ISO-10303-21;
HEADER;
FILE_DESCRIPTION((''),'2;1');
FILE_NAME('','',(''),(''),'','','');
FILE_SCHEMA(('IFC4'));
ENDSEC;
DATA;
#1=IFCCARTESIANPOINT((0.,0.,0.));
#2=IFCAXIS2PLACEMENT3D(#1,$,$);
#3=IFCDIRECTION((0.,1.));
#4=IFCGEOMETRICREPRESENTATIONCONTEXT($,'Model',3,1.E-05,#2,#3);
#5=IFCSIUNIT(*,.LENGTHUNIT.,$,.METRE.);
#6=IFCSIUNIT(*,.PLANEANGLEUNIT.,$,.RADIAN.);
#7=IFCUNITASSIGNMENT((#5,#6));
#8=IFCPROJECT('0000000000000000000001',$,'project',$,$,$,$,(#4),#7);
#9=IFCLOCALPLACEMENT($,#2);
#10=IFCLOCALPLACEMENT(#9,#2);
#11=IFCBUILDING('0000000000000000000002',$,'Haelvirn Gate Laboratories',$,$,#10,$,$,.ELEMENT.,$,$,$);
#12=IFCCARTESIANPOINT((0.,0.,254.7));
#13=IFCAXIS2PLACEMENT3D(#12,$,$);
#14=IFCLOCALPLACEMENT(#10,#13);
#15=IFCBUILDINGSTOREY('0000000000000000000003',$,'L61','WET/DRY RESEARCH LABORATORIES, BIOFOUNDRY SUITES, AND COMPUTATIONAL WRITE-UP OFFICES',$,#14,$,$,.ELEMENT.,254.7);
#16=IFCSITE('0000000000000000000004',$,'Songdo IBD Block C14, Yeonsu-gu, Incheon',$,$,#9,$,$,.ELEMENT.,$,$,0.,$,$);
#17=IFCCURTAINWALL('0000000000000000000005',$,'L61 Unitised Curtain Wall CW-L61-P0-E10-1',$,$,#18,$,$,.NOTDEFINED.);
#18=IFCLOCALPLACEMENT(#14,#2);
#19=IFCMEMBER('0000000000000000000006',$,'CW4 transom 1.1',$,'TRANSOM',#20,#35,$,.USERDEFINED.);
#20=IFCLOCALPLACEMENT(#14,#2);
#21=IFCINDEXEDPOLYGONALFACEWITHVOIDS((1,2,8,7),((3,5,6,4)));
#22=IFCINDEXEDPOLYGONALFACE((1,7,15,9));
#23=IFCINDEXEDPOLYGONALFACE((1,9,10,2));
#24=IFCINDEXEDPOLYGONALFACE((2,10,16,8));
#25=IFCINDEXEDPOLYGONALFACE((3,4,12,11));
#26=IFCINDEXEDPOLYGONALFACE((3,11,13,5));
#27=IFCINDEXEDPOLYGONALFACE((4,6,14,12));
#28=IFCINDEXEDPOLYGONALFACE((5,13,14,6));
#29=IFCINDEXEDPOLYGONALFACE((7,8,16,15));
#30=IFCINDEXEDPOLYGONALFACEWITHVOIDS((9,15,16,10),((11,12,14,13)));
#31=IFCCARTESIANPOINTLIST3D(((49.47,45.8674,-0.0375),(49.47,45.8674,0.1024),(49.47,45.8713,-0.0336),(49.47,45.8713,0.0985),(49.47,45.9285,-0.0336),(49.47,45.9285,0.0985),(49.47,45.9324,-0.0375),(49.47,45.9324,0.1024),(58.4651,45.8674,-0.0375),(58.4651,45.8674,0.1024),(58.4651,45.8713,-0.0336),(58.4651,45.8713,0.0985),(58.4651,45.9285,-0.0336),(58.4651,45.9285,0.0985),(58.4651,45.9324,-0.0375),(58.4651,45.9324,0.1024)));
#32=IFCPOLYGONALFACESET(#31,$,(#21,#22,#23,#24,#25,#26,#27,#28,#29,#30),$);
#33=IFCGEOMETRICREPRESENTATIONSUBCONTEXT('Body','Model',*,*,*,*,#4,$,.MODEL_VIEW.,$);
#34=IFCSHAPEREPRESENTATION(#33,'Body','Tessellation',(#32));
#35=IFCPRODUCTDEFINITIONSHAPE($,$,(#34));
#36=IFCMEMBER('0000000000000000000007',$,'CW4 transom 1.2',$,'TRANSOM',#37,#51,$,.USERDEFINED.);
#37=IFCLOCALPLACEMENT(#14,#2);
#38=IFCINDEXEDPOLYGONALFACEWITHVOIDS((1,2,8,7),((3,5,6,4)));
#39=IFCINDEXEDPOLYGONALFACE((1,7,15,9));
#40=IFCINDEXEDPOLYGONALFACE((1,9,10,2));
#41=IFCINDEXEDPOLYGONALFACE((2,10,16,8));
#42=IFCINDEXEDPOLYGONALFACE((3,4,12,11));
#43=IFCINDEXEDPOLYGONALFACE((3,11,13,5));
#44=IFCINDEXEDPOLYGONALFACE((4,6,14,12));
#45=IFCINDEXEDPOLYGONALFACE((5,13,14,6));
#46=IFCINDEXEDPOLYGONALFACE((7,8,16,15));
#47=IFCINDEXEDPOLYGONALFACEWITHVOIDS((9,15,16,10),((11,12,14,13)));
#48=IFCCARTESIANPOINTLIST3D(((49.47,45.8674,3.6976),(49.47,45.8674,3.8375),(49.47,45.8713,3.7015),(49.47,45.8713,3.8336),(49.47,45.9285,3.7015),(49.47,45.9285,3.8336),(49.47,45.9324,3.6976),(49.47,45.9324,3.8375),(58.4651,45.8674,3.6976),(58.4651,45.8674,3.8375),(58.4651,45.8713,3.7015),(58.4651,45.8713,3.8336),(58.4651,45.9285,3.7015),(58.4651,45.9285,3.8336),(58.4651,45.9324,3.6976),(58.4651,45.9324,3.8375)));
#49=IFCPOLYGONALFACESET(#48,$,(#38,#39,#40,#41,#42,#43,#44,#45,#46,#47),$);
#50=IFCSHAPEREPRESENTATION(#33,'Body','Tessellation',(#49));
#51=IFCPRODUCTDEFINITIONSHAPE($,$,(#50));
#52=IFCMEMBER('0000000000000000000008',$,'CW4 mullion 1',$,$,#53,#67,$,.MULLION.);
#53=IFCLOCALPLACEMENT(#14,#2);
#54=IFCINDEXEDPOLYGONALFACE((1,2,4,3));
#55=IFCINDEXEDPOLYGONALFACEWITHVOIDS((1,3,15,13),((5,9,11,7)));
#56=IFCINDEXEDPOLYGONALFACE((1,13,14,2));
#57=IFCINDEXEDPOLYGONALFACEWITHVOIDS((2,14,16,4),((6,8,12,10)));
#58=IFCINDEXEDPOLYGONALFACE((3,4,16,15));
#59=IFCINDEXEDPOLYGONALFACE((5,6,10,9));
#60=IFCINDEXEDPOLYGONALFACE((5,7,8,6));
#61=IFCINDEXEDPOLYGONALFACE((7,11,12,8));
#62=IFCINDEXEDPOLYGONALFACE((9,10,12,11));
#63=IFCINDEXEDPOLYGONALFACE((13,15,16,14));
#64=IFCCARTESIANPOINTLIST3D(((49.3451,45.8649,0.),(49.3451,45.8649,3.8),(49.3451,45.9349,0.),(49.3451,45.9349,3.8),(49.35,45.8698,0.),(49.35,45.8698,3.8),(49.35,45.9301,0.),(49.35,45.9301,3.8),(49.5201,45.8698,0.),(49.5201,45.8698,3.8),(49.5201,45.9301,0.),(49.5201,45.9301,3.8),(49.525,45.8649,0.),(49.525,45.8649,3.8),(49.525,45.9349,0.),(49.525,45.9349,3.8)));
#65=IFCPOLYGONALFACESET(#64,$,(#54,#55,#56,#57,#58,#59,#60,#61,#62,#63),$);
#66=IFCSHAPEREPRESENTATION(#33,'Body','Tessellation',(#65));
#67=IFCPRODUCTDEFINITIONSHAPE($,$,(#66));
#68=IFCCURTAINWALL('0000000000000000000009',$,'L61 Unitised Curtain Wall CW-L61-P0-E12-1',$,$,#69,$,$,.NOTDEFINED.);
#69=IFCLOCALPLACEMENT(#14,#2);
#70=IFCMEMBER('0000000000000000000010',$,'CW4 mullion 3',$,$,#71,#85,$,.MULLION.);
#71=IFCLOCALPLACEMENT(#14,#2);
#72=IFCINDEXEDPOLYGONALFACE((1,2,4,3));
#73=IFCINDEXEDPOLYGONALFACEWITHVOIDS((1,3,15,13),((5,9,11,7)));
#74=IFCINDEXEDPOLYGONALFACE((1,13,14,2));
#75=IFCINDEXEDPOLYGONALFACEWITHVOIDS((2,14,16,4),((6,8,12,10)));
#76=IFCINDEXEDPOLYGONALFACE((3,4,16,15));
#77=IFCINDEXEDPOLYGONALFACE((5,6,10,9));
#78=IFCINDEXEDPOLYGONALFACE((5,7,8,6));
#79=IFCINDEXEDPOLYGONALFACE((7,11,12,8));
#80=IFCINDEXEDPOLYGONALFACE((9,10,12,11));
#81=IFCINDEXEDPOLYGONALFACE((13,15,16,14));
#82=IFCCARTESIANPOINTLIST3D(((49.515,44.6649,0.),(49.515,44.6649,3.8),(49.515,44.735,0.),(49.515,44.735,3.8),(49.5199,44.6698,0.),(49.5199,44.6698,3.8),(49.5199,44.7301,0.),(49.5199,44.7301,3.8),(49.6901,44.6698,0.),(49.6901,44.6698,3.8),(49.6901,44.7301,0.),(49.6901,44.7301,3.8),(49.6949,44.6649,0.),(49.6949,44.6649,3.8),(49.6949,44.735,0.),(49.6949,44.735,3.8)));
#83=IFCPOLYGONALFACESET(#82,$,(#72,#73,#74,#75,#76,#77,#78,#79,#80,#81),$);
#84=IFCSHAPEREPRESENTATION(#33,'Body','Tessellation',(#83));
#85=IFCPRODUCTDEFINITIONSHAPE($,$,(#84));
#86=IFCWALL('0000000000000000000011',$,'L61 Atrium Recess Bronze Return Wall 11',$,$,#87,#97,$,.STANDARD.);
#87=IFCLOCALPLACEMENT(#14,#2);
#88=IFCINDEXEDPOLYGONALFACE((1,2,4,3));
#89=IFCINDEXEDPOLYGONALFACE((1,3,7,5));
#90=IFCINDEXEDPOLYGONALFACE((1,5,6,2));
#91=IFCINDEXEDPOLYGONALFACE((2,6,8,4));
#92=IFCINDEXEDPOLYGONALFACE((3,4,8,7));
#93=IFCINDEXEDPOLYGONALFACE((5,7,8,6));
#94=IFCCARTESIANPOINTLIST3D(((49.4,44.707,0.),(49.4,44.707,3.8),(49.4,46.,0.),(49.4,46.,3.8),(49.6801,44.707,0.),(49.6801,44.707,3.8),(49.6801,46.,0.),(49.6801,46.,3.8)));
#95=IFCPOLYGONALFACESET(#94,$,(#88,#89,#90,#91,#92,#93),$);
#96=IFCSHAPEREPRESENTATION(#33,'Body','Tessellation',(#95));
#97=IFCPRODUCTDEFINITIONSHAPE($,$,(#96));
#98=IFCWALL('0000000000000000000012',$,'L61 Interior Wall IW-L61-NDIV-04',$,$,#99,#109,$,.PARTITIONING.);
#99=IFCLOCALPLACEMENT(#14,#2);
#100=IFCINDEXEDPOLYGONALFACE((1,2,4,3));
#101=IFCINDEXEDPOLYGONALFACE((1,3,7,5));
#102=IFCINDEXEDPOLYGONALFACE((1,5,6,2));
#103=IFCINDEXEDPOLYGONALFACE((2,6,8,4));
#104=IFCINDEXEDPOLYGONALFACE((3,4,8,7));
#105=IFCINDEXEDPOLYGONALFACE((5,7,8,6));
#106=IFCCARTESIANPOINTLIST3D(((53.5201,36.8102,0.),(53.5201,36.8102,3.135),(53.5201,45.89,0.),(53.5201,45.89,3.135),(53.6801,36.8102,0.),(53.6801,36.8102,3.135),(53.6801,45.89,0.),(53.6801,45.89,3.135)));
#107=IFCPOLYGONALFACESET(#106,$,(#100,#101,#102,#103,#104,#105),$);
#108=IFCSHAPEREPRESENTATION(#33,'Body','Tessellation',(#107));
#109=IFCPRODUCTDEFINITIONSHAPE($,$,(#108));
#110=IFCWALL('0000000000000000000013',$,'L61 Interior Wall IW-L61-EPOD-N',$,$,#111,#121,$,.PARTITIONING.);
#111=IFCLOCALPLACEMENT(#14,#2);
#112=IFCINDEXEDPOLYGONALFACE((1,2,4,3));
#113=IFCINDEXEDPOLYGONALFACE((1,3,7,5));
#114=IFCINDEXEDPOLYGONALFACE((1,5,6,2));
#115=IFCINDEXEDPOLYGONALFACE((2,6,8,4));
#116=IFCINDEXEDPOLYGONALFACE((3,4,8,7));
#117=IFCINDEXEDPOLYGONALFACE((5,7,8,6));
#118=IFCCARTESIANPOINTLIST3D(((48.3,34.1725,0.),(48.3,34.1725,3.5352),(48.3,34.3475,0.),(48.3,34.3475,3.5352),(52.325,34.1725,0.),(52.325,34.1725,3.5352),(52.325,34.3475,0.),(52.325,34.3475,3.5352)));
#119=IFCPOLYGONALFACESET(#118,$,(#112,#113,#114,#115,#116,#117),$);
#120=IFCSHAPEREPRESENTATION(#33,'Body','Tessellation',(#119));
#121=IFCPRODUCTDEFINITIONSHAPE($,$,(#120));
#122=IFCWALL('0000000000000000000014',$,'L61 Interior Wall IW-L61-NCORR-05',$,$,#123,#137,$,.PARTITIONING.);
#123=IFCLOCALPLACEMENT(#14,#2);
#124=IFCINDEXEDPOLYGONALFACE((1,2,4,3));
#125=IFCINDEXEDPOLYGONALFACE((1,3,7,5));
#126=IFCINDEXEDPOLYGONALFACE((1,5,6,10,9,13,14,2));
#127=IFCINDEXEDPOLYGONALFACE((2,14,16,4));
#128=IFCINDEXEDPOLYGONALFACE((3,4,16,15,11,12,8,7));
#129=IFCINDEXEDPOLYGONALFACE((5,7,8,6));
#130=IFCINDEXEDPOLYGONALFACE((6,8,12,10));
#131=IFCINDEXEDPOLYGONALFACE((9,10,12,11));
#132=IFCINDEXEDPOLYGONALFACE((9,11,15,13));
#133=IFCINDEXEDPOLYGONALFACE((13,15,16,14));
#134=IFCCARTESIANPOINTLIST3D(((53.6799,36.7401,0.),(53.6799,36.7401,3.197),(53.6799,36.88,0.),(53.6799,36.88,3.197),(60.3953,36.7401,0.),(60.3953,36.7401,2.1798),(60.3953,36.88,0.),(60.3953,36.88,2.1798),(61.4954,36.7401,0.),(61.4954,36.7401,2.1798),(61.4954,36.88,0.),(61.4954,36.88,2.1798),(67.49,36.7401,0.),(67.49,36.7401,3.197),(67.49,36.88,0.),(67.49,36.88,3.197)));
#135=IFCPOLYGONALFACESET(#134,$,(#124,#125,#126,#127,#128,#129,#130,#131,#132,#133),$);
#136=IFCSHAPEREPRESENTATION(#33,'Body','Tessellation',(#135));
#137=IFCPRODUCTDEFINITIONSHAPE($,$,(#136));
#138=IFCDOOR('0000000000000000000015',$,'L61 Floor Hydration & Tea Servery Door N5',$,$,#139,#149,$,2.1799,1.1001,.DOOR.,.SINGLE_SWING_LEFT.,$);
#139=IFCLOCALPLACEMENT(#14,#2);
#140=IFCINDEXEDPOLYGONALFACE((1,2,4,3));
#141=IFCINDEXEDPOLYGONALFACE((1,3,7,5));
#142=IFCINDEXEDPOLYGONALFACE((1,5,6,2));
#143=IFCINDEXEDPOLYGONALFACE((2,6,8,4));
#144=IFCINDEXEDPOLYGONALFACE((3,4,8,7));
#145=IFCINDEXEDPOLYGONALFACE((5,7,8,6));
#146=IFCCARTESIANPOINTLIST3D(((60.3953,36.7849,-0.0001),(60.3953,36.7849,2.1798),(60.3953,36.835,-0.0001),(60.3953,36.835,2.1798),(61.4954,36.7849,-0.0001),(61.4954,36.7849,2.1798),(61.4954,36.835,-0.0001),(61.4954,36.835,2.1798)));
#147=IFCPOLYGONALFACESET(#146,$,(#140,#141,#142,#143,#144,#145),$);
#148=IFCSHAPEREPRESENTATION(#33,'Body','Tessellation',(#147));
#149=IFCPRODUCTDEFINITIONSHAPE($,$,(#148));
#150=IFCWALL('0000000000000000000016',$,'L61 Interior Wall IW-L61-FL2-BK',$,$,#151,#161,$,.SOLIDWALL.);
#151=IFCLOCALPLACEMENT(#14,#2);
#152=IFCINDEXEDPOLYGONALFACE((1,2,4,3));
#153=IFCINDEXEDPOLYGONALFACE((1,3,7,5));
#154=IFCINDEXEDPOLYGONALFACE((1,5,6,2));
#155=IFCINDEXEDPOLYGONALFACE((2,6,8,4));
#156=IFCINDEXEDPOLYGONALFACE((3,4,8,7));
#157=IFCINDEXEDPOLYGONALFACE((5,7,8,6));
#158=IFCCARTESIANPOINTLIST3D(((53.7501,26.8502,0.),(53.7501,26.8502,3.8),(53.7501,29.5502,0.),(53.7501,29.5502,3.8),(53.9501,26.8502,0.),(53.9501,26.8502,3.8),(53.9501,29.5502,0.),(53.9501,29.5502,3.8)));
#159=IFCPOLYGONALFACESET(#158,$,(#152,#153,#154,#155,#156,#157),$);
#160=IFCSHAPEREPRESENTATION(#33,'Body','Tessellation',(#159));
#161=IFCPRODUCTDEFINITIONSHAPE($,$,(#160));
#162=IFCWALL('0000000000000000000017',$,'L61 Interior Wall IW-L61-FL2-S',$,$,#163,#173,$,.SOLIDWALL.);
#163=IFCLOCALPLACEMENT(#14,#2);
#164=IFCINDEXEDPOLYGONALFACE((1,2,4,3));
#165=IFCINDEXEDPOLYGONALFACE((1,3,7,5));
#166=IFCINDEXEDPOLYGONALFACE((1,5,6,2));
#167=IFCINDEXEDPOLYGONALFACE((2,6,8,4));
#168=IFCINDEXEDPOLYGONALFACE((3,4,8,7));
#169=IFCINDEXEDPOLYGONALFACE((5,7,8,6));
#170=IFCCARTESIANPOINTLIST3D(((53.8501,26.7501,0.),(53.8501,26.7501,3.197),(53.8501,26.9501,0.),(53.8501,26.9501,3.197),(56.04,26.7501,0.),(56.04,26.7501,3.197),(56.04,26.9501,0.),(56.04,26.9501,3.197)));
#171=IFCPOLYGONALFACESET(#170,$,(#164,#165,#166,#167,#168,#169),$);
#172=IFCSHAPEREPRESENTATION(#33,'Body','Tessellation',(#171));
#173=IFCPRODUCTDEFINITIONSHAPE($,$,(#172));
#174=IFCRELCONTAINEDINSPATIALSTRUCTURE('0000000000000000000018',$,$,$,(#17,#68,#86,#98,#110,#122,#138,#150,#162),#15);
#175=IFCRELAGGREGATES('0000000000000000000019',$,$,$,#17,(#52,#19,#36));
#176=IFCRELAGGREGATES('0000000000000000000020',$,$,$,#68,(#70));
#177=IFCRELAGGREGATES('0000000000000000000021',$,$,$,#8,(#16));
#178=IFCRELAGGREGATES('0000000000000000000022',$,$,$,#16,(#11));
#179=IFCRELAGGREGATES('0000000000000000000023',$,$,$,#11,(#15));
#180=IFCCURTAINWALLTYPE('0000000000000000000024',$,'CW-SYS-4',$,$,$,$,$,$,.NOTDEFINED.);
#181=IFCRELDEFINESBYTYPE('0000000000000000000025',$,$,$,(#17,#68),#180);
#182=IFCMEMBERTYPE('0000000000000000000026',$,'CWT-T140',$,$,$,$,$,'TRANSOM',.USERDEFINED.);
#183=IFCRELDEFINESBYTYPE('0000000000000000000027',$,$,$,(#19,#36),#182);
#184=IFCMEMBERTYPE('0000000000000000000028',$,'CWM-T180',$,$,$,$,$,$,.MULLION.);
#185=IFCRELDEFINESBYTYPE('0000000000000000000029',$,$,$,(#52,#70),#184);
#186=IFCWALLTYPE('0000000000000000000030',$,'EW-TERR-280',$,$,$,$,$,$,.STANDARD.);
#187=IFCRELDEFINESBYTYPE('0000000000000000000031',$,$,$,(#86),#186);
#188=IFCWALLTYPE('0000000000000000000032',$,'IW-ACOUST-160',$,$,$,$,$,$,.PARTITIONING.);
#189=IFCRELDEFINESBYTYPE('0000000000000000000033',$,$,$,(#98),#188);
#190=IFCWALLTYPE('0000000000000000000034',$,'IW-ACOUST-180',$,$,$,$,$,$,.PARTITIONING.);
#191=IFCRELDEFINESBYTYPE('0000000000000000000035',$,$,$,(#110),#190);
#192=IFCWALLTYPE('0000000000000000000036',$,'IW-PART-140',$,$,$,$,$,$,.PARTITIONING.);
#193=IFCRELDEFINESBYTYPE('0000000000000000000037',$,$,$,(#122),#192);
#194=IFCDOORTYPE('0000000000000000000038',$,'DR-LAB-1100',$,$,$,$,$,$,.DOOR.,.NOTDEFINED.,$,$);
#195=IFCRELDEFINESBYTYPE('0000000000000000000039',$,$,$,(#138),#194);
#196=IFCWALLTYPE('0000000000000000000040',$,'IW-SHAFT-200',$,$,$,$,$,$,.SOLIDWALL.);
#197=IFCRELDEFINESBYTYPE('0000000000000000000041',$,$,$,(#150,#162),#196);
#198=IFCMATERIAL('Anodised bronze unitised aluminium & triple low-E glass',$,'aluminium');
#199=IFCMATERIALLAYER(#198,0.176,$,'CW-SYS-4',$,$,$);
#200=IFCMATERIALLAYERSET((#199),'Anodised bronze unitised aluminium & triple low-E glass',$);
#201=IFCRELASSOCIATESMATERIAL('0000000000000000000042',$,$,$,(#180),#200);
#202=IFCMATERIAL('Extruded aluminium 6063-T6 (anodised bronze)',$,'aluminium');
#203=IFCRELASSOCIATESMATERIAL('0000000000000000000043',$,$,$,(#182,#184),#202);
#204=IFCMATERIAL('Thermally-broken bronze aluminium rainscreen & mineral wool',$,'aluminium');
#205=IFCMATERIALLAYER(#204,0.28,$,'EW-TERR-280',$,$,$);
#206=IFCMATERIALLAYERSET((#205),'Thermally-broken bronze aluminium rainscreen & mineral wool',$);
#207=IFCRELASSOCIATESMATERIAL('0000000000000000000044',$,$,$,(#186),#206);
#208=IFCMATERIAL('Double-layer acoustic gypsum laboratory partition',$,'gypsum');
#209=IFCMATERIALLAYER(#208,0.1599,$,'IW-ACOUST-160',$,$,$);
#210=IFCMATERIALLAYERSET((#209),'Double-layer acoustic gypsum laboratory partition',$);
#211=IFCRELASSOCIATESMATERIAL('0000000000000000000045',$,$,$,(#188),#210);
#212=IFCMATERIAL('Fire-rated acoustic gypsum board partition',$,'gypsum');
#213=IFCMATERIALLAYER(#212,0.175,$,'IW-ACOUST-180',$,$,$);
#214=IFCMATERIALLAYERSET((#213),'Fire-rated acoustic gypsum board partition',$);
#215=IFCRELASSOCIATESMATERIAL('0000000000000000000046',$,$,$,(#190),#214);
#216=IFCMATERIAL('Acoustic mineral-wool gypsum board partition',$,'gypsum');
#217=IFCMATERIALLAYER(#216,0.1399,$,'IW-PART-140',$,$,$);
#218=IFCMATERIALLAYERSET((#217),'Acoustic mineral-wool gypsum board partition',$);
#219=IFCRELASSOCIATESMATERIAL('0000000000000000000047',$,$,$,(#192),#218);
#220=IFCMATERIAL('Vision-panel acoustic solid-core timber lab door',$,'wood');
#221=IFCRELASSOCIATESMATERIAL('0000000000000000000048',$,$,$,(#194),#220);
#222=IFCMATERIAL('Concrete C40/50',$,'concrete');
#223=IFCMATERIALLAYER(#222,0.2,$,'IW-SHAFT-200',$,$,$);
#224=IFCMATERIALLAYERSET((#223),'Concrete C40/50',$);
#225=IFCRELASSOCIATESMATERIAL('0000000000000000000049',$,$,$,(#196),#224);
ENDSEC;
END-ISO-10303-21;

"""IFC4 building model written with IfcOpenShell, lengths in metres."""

from ifc_helpers import new_model, si_unit, direction, frame, frame_2d, origin, origin_2d, place, context, subcontext, project, spatial, rectangle, hollow_rectangle, extrude, source, transform, mapped, material, layer, layer_set, material_profile, profile_set, type_object, type_shapes, element, fill, aggregate, save


model = new_model("IFC4")

# Units and contexts
model_context = context("Model", 3, precision=1e-05, world=origin(), true_north=direction((0.0, 1.0)))
body_context = subcontext(model_context, "Body", "Model", "MODEL_VIEW")
ifc_project = project(units=[si_unit("LENGTHUNIT", "METRE"), si_unit("PLANEANGLEUNIT", "RADIAN")], contexts=[model_context])

# Site, building, storey
site_placement = place(None, origin())
site = spatial("IfcSite", under=ifc_project, at=site_placement, Name="Songdo IBD Block C14, Yeonsu-gu, Incheon", CompositionType="ELEMENT", RefElevation=0.0)
building_placement = place(site_placement, origin())
building = spatial("IfcBuilding", under=site, at=building_placement, Name="Haelvirn Gate Laboratories", CompositionType="ELEMENT")
storey_placement = place(building_placement, frame((0.0, 0.0, 254.7)))
storey = spatial("IfcBuildingStorey", under=building, at=storey_placement, Name="L61", Description="WET/DRY RESEARCH LABORATORIES, BIOFOUNDRY SUITES, AND COMPUTATIONAL WRITE-UP OFFICES", CompositionType="ELEMENT", Elevation=254.7)

# Curtain wall, members
ifc_material_1 = material(Name="Anodised bronze unitised aluminium & triple low-E glass", Category="aluminium")
ifc_layer_1 = layer(ifc_material_1, 0.176, Name="CW-SYS-4")
ifc_layer_set_1 = layer_set([ifc_layer_1], Name="Anodised bronze unitised aluminium & triple low-E glass")
curtain_wall_type = type_object("IfcCurtainWallType", Name="CW-SYS-4", PredefinedType="NOTDEFINED", material=ifc_layer_set_1)
curtain_wall_1_placement = place(storey_placement, origin())
curtain_wall_1 = element("IfcCurtainWall", 1, at=curtain_wall_1_placement, inside=storey, type_object=curtain_wall_type, Name="L61 Unitised Curtain Wall CW-L61-P0-E10-1", PredefinedType="NOTDEFINED")
ifc_material_2 = material(Name="Extruded aluminium 6063-T6 (anodised bronze)", Category="aluminium")
ifc_material_profile_1 = material_profile(ifc_material_2, hollow_rectangle(XDim=0.0649, YDim=0.1399, WallThickness=0.0039, at=origin_2d()), Name="CWT-140x65x4")
ifc_profile_set_1 = profile_set([ifc_material_profile_1], Name="Extruded aluminium 6063-T6 (anodised bronze)")
member_type_1 = type_object("IfcMemberType", Name="CWT-T140", ElementType="TRANSOM", PredefinedType="USERDEFINED", material=ifc_profile_set_1)
shared_shape_1 = source(origin(), body_context, "Body", "SweptSolid", [
    extrude(hollow_rectangle(XDim=0.0649, YDim=0.1399, WallThickness=0.0039, at=origin_2d()), origin(), (0.0, 0.0, 1.0), 8.9951),
])
type_shapes(member_type_1, [shared_shape_1])
member_1_placement = place(storey_placement, frame((49.47, 45.8999, 0.0325), z_axis=(1.0, 0.0, 0.0), x_axis=(0.0, 1.0, 0.0)))
member_1 = element("IfcMember", 2, at=member_1_placement, type_object=member_type_1, Name="CW4 transom 1.1", ObjectType="TRANSOM", PredefinedType="USERDEFINED", context=body_context, shape_type="MappedRepresentation", body=[
    mapped(shared_shape_1, transform((0.0, 0.0, 0.0), scale=1.0)),
])
member_2_placement = place(storey_placement, frame((49.47, 45.8999, 3.7676), z_axis=(1.0, 0.0, 0.0), x_axis=(0.0, 1.0, 0.0)))
member_2 = element("IfcMember", 3, at=member_2_placement, type_object=member_type_1, Name="CW4 transom 1.2", ObjectType="TRANSOM", PredefinedType="USERDEFINED", context=body_context, shape_type="MappedRepresentation", body=[
    mapped(shared_shape_1, transform((0.0, 0.0, 0.0), scale=1.0)),
])
ifc_material_profile_2 = material_profile(ifc_material_2, hollow_rectangle(XDim=0.0701, YDim=0.1799, WallThickness=0.0049, at=origin_2d()), Name="CWM-180x70x5")
ifc_profile_set_2 = profile_set([ifc_material_profile_2], Name="Extruded aluminium 6063-T6 (anodised bronze)")
member_type_2 = type_object("IfcMemberType", Name="CWM-T180", PredefinedType="MULLION", material=ifc_profile_set_2)
shared_shape_2 = source(origin(), body_context, "Body", "SweptSolid", [
    extrude(hollow_rectangle(XDim=0.0701, YDim=0.1799, WallThickness=0.0049, at=origin_2d()), origin(), (0.0, 0.0, 1.0), 3.8),
])
type_shapes(member_type_2, [shared_shape_2])
member_3_placement = place(storey_placement, frame((49.4351, 45.8999, 0.0), z_axis=(0.0, 0.0, 1.0), x_axis=(0.0, 1.0, 0.0)))
member_3 = element("IfcMember", 4, at=member_3_placement, type_object=member_type_2, Name="CW4 mullion 1", PredefinedType="MULLION", context=body_context, shape_type="MappedRepresentation", body=[
    mapped(shared_shape_2, transform((0.0, 0.0, 0.0), scale=1.0)),
])
aggregate(curtain_wall_1, [member_3, member_1, member_2])

# Curtain wall, member
curtain_wall_2_placement = place(storey_placement, origin())
curtain_wall_2 = element("IfcCurtainWall", 5, at=curtain_wall_2_placement, inside=storey, type_object=curtain_wall_type, Name="L61 Unitised Curtain Wall CW-L61-P0-E12-1", PredefinedType="NOTDEFINED")
member_4_placement = place(storey_placement, frame((49.605, 44.7, 0.0), z_axis=(0.0, 0.0, 1.0), x_axis=(0.0, 1.0, 0.0)))
member_4 = element("IfcMember", 6, at=member_4_placement, type_object=member_type_2, Name="CW4 mullion 3", PredefinedType="MULLION", context=body_context, shape_type="MappedRepresentation", body=[
    mapped(shared_shape_2, transform((0.0, 0.0, 0.0), scale=1.0)),
])
aggregate(curtain_wall_2, [member_4])

# Walls
ifc_material_3 = material(Name="Thermally-broken bronze aluminium rainscreen & mineral wool", Category="aluminium")
ifc_layer_2 = layer(ifc_material_3, 0.28, Name="EW-TERR-280")
ifc_layer_set_2 = layer_set([ifc_layer_2], Name="Thermally-broken bronze aluminium rainscreen & mineral wool")
wall_type_1 = type_object("IfcWallType", Name="EW-TERR-280", PredefinedType="STANDARD", material=ifc_layer_set_2)
wall_1_placement = place(storey_placement, frame((49.54, 46.0, 0.0), z_axis=(0.0, 0.0, 1.0), x_axis=(0.0, -1.0, 0.0)))
element("IfcWall", 7, at=wall_1_placement, inside=storey, type_object=wall_type_1, Name="L61 Atrium Recess Bronze Return Wall 11", PredefinedType="STANDARD", context=body_context, shape_type="SweptSolid", body=[
    extrude(rectangle(XDim=1.293, YDim=0.28, at=frame_2d((0.6465, 0.0))), origin(), (0.0, 0.0, 1.0), 3.8),
])
ifc_material_4 = material(Name="Double-layer acoustic gypsum laboratory partition", Category="gypsum")
ifc_layer_3 = layer(ifc_material_4, 0.1599, Name="IW-ACOUST-160")
ifc_layer_set_3 = layer_set([ifc_layer_3], Name="Double-layer acoustic gypsum laboratory partition")
wall_type_2 = type_object("IfcWallType", Name="IW-ACOUST-160", PredefinedType="PARTITIONING", material=ifc_layer_set_3)
wall_2_placement = place(storey_placement, frame((53.6001, 36.8101, 0.0), z_axis=(0.0, 0.0, 1.0), x_axis=(0.0, 1.0, 0.0)))
element("IfcWall", 8, at=wall_2_placement, inside=storey, type_object=wall_type_2, Name="L61 Interior Wall IW-L61-NDIV-04", PredefinedType="PARTITIONING", context=body_context, shape_type="SweptSolid", body=[
    extrude(rectangle(XDim=9.0798, YDim=0.1599, at=frame_2d((4.54, 0.0))), origin(), (0.0, 0.0, 1.0), 3.135),
])
ifc_material_5 = material(Name="Fire-rated acoustic gypsum board partition", Category="gypsum")
ifc_layer_4 = layer(ifc_material_5, 0.175, Name="IW-ACOUST-180")
ifc_layer_set_4 = layer_set([ifc_layer_4], Name="Fire-rated acoustic gypsum board partition")
wall_type_3 = type_object("IfcWallType", Name="IW-ACOUST-180", PredefinedType="PARTITIONING", material=ifc_layer_set_4)
wall_3_placement = place(storey_placement, frame((48.3, 34.26, 0.0), z_axis=(0.0, 0.0, 1.0), x_axis=(1.0, 0.0, 0.0)))
element("IfcWall", 9, at=wall_3_placement, inside=storey, type_object=wall_type_3, Name="L61 Interior Wall IW-L61-EPOD-N", PredefinedType="PARTITIONING", context=body_context, shape_type="SweptSolid", body=[
    extrude(rectangle(XDim=4.0249, YDim=0.175, at=frame_2d((2.0125, 0.0))), origin(), (0.0, 0.0, 1.0), 3.5352),
])

# Wall, opening, door
ifc_material_6 = material(Name="Acoustic mineral-wool gypsum board partition", Category="gypsum")
ifc_layer_5 = layer(ifc_material_6, 0.1399, Name="IW-PART-140")
ifc_layer_set_5 = layer_set([ifc_layer_5], Name="Acoustic mineral-wool gypsum board partition")
wall_type_4 = type_object("IfcWallType", Name="IW-PART-140", PredefinedType="PARTITIONING", material=ifc_layer_set_5)
wall_4_placement = place(storey_placement, frame((53.6799, 36.8101, 0.0), z_axis=(0.0, 0.0, 1.0), x_axis=(1.0, 0.0, 0.0)))
wall_4 = element("IfcWall", 10, at=wall_4_placement, inside=storey, type_object=wall_type_4, Name="L61 Interior Wall IW-L61-NCORR-05", PredefinedType="PARTITIONING", context=body_context, shape_type="SweptSolid", body=[
    extrude(rectangle(XDim=13.8101, YDim=0.1399, at=frame_2d((6.905, 0.0))), origin(), (0.0, 0.0, 1.0), 3.197),
])
opening_1_placement = place(wall_4_placement, frame((6.7153, 0.0, 0.0)))
opening_1 = element("IfcOpeningElement", 11, at=opening_1_placement, cuts=wall_4, PredefinedType="OPENING", context=body_context, shape_type="SweptSolid", body=[
    extrude(rectangle(XDim=1.1001, YDim=2.1799, at=frame_2d((0.55, 1.0898))), frame((0.0, 0.0801, 0.0), z_axis=(0.0, -1.0, 0.0), x_axis=(1.0, 0.0, 0.0)), (0.0, 0.0, 1.0), 0.1599),
])
ifc_material_7 = material(Name="Vision-panel acoustic solid-core timber lab door", Category="wood")
door_type_1 = type_object("IfcDoorType", Name="DR-LAB-1100", OperationType="NOTDEFINED", PredefinedType="DOOR", material=ifc_material_7)
shared_shape_3 = source(origin(), body_context, "Body", "SweptSolid", [
    extrude(rectangle(XDim=1.1001, YDim=2.1799, at=frame_2d((0.55, 1.0898))), frame((0.0, 0.0249, 0.0), z_axis=(0.0, -1.0, 0.0), x_axis=(1.0, 0.0, 0.0)), (0.0, 0.0, 1.0), 0.05),
])
type_shapes(door_type_1, [shared_shape_3])
door_1_placement = place(opening_1_placement, origin())
door_1 = element("IfcDoor", 12, at=door_1_placement, inside=storey, type_object=door_type_1, Name="L61 Floor Hydration & Tea Servery Door N5", OperationType="SINGLE_SWING_LEFT", OverallHeight=2.1799, OverallWidth=1.1001, PredefinedType="DOOR", context=body_context, shape_type="MappedRepresentation", body=[
    mapped(shared_shape_3, transform((0.0, 0.0, 0.0), scale=1.0)),
])
fill(opening_1, door_1)

# Walls
ifc_material_8 = material(Name="Concrete C40/50", Category="concrete")
ifc_layer_6 = layer(ifc_material_8, 0.2, Name="IW-SHAFT-200")
ifc_layer_set_6 = layer_set([ifc_layer_6], Name="Concrete C40/50")
wall_type_5 = type_object("IfcWallType", Name="IW-SHAFT-200", PredefinedType="SOLIDWALL", material=ifc_layer_set_6)
wall_5_placement = place(storey_placement, frame((53.8501, 26.8501, 0.0), z_axis=(0.0, 0.0, 1.0), x_axis=(0.0, 1.0, 0.0)))
element("IfcWall", 13, at=wall_5_placement, inside=storey, type_object=wall_type_5, Name="L61 Interior Wall IW-L61-FL2-BK", PredefinedType="SOLIDWALL", context=body_context, shape_type="SweptSolid", body=[
    extrude(rectangle(XDim=2.7, YDim=0.2, at=frame_2d((1.3501, 0.0))), origin(), (0.0, 0.0, 1.0), 3.8),
])
wall_6_placement = place(storey_placement, frame((53.8501, 26.8501, 0.0), z_axis=(0.0, 0.0, 1.0), x_axis=(1.0, 0.0, 0.0)))
element("IfcWall", 14, at=wall_6_placement, inside=storey, type_object=wall_type_5, Name="L61 Interior Wall IW-L61-FL2-S", PredefinedType="SOLIDWALL", context=body_context, shape_type="SweptSolid", body=[
    extrude(rectangle(XDim=2.1899, YDim=0.2, at=frame_2d((1.095, 0.0))), origin(), (0.0, 0.0, 1.0), 3.197),
])

save(model, "model.ifc")
